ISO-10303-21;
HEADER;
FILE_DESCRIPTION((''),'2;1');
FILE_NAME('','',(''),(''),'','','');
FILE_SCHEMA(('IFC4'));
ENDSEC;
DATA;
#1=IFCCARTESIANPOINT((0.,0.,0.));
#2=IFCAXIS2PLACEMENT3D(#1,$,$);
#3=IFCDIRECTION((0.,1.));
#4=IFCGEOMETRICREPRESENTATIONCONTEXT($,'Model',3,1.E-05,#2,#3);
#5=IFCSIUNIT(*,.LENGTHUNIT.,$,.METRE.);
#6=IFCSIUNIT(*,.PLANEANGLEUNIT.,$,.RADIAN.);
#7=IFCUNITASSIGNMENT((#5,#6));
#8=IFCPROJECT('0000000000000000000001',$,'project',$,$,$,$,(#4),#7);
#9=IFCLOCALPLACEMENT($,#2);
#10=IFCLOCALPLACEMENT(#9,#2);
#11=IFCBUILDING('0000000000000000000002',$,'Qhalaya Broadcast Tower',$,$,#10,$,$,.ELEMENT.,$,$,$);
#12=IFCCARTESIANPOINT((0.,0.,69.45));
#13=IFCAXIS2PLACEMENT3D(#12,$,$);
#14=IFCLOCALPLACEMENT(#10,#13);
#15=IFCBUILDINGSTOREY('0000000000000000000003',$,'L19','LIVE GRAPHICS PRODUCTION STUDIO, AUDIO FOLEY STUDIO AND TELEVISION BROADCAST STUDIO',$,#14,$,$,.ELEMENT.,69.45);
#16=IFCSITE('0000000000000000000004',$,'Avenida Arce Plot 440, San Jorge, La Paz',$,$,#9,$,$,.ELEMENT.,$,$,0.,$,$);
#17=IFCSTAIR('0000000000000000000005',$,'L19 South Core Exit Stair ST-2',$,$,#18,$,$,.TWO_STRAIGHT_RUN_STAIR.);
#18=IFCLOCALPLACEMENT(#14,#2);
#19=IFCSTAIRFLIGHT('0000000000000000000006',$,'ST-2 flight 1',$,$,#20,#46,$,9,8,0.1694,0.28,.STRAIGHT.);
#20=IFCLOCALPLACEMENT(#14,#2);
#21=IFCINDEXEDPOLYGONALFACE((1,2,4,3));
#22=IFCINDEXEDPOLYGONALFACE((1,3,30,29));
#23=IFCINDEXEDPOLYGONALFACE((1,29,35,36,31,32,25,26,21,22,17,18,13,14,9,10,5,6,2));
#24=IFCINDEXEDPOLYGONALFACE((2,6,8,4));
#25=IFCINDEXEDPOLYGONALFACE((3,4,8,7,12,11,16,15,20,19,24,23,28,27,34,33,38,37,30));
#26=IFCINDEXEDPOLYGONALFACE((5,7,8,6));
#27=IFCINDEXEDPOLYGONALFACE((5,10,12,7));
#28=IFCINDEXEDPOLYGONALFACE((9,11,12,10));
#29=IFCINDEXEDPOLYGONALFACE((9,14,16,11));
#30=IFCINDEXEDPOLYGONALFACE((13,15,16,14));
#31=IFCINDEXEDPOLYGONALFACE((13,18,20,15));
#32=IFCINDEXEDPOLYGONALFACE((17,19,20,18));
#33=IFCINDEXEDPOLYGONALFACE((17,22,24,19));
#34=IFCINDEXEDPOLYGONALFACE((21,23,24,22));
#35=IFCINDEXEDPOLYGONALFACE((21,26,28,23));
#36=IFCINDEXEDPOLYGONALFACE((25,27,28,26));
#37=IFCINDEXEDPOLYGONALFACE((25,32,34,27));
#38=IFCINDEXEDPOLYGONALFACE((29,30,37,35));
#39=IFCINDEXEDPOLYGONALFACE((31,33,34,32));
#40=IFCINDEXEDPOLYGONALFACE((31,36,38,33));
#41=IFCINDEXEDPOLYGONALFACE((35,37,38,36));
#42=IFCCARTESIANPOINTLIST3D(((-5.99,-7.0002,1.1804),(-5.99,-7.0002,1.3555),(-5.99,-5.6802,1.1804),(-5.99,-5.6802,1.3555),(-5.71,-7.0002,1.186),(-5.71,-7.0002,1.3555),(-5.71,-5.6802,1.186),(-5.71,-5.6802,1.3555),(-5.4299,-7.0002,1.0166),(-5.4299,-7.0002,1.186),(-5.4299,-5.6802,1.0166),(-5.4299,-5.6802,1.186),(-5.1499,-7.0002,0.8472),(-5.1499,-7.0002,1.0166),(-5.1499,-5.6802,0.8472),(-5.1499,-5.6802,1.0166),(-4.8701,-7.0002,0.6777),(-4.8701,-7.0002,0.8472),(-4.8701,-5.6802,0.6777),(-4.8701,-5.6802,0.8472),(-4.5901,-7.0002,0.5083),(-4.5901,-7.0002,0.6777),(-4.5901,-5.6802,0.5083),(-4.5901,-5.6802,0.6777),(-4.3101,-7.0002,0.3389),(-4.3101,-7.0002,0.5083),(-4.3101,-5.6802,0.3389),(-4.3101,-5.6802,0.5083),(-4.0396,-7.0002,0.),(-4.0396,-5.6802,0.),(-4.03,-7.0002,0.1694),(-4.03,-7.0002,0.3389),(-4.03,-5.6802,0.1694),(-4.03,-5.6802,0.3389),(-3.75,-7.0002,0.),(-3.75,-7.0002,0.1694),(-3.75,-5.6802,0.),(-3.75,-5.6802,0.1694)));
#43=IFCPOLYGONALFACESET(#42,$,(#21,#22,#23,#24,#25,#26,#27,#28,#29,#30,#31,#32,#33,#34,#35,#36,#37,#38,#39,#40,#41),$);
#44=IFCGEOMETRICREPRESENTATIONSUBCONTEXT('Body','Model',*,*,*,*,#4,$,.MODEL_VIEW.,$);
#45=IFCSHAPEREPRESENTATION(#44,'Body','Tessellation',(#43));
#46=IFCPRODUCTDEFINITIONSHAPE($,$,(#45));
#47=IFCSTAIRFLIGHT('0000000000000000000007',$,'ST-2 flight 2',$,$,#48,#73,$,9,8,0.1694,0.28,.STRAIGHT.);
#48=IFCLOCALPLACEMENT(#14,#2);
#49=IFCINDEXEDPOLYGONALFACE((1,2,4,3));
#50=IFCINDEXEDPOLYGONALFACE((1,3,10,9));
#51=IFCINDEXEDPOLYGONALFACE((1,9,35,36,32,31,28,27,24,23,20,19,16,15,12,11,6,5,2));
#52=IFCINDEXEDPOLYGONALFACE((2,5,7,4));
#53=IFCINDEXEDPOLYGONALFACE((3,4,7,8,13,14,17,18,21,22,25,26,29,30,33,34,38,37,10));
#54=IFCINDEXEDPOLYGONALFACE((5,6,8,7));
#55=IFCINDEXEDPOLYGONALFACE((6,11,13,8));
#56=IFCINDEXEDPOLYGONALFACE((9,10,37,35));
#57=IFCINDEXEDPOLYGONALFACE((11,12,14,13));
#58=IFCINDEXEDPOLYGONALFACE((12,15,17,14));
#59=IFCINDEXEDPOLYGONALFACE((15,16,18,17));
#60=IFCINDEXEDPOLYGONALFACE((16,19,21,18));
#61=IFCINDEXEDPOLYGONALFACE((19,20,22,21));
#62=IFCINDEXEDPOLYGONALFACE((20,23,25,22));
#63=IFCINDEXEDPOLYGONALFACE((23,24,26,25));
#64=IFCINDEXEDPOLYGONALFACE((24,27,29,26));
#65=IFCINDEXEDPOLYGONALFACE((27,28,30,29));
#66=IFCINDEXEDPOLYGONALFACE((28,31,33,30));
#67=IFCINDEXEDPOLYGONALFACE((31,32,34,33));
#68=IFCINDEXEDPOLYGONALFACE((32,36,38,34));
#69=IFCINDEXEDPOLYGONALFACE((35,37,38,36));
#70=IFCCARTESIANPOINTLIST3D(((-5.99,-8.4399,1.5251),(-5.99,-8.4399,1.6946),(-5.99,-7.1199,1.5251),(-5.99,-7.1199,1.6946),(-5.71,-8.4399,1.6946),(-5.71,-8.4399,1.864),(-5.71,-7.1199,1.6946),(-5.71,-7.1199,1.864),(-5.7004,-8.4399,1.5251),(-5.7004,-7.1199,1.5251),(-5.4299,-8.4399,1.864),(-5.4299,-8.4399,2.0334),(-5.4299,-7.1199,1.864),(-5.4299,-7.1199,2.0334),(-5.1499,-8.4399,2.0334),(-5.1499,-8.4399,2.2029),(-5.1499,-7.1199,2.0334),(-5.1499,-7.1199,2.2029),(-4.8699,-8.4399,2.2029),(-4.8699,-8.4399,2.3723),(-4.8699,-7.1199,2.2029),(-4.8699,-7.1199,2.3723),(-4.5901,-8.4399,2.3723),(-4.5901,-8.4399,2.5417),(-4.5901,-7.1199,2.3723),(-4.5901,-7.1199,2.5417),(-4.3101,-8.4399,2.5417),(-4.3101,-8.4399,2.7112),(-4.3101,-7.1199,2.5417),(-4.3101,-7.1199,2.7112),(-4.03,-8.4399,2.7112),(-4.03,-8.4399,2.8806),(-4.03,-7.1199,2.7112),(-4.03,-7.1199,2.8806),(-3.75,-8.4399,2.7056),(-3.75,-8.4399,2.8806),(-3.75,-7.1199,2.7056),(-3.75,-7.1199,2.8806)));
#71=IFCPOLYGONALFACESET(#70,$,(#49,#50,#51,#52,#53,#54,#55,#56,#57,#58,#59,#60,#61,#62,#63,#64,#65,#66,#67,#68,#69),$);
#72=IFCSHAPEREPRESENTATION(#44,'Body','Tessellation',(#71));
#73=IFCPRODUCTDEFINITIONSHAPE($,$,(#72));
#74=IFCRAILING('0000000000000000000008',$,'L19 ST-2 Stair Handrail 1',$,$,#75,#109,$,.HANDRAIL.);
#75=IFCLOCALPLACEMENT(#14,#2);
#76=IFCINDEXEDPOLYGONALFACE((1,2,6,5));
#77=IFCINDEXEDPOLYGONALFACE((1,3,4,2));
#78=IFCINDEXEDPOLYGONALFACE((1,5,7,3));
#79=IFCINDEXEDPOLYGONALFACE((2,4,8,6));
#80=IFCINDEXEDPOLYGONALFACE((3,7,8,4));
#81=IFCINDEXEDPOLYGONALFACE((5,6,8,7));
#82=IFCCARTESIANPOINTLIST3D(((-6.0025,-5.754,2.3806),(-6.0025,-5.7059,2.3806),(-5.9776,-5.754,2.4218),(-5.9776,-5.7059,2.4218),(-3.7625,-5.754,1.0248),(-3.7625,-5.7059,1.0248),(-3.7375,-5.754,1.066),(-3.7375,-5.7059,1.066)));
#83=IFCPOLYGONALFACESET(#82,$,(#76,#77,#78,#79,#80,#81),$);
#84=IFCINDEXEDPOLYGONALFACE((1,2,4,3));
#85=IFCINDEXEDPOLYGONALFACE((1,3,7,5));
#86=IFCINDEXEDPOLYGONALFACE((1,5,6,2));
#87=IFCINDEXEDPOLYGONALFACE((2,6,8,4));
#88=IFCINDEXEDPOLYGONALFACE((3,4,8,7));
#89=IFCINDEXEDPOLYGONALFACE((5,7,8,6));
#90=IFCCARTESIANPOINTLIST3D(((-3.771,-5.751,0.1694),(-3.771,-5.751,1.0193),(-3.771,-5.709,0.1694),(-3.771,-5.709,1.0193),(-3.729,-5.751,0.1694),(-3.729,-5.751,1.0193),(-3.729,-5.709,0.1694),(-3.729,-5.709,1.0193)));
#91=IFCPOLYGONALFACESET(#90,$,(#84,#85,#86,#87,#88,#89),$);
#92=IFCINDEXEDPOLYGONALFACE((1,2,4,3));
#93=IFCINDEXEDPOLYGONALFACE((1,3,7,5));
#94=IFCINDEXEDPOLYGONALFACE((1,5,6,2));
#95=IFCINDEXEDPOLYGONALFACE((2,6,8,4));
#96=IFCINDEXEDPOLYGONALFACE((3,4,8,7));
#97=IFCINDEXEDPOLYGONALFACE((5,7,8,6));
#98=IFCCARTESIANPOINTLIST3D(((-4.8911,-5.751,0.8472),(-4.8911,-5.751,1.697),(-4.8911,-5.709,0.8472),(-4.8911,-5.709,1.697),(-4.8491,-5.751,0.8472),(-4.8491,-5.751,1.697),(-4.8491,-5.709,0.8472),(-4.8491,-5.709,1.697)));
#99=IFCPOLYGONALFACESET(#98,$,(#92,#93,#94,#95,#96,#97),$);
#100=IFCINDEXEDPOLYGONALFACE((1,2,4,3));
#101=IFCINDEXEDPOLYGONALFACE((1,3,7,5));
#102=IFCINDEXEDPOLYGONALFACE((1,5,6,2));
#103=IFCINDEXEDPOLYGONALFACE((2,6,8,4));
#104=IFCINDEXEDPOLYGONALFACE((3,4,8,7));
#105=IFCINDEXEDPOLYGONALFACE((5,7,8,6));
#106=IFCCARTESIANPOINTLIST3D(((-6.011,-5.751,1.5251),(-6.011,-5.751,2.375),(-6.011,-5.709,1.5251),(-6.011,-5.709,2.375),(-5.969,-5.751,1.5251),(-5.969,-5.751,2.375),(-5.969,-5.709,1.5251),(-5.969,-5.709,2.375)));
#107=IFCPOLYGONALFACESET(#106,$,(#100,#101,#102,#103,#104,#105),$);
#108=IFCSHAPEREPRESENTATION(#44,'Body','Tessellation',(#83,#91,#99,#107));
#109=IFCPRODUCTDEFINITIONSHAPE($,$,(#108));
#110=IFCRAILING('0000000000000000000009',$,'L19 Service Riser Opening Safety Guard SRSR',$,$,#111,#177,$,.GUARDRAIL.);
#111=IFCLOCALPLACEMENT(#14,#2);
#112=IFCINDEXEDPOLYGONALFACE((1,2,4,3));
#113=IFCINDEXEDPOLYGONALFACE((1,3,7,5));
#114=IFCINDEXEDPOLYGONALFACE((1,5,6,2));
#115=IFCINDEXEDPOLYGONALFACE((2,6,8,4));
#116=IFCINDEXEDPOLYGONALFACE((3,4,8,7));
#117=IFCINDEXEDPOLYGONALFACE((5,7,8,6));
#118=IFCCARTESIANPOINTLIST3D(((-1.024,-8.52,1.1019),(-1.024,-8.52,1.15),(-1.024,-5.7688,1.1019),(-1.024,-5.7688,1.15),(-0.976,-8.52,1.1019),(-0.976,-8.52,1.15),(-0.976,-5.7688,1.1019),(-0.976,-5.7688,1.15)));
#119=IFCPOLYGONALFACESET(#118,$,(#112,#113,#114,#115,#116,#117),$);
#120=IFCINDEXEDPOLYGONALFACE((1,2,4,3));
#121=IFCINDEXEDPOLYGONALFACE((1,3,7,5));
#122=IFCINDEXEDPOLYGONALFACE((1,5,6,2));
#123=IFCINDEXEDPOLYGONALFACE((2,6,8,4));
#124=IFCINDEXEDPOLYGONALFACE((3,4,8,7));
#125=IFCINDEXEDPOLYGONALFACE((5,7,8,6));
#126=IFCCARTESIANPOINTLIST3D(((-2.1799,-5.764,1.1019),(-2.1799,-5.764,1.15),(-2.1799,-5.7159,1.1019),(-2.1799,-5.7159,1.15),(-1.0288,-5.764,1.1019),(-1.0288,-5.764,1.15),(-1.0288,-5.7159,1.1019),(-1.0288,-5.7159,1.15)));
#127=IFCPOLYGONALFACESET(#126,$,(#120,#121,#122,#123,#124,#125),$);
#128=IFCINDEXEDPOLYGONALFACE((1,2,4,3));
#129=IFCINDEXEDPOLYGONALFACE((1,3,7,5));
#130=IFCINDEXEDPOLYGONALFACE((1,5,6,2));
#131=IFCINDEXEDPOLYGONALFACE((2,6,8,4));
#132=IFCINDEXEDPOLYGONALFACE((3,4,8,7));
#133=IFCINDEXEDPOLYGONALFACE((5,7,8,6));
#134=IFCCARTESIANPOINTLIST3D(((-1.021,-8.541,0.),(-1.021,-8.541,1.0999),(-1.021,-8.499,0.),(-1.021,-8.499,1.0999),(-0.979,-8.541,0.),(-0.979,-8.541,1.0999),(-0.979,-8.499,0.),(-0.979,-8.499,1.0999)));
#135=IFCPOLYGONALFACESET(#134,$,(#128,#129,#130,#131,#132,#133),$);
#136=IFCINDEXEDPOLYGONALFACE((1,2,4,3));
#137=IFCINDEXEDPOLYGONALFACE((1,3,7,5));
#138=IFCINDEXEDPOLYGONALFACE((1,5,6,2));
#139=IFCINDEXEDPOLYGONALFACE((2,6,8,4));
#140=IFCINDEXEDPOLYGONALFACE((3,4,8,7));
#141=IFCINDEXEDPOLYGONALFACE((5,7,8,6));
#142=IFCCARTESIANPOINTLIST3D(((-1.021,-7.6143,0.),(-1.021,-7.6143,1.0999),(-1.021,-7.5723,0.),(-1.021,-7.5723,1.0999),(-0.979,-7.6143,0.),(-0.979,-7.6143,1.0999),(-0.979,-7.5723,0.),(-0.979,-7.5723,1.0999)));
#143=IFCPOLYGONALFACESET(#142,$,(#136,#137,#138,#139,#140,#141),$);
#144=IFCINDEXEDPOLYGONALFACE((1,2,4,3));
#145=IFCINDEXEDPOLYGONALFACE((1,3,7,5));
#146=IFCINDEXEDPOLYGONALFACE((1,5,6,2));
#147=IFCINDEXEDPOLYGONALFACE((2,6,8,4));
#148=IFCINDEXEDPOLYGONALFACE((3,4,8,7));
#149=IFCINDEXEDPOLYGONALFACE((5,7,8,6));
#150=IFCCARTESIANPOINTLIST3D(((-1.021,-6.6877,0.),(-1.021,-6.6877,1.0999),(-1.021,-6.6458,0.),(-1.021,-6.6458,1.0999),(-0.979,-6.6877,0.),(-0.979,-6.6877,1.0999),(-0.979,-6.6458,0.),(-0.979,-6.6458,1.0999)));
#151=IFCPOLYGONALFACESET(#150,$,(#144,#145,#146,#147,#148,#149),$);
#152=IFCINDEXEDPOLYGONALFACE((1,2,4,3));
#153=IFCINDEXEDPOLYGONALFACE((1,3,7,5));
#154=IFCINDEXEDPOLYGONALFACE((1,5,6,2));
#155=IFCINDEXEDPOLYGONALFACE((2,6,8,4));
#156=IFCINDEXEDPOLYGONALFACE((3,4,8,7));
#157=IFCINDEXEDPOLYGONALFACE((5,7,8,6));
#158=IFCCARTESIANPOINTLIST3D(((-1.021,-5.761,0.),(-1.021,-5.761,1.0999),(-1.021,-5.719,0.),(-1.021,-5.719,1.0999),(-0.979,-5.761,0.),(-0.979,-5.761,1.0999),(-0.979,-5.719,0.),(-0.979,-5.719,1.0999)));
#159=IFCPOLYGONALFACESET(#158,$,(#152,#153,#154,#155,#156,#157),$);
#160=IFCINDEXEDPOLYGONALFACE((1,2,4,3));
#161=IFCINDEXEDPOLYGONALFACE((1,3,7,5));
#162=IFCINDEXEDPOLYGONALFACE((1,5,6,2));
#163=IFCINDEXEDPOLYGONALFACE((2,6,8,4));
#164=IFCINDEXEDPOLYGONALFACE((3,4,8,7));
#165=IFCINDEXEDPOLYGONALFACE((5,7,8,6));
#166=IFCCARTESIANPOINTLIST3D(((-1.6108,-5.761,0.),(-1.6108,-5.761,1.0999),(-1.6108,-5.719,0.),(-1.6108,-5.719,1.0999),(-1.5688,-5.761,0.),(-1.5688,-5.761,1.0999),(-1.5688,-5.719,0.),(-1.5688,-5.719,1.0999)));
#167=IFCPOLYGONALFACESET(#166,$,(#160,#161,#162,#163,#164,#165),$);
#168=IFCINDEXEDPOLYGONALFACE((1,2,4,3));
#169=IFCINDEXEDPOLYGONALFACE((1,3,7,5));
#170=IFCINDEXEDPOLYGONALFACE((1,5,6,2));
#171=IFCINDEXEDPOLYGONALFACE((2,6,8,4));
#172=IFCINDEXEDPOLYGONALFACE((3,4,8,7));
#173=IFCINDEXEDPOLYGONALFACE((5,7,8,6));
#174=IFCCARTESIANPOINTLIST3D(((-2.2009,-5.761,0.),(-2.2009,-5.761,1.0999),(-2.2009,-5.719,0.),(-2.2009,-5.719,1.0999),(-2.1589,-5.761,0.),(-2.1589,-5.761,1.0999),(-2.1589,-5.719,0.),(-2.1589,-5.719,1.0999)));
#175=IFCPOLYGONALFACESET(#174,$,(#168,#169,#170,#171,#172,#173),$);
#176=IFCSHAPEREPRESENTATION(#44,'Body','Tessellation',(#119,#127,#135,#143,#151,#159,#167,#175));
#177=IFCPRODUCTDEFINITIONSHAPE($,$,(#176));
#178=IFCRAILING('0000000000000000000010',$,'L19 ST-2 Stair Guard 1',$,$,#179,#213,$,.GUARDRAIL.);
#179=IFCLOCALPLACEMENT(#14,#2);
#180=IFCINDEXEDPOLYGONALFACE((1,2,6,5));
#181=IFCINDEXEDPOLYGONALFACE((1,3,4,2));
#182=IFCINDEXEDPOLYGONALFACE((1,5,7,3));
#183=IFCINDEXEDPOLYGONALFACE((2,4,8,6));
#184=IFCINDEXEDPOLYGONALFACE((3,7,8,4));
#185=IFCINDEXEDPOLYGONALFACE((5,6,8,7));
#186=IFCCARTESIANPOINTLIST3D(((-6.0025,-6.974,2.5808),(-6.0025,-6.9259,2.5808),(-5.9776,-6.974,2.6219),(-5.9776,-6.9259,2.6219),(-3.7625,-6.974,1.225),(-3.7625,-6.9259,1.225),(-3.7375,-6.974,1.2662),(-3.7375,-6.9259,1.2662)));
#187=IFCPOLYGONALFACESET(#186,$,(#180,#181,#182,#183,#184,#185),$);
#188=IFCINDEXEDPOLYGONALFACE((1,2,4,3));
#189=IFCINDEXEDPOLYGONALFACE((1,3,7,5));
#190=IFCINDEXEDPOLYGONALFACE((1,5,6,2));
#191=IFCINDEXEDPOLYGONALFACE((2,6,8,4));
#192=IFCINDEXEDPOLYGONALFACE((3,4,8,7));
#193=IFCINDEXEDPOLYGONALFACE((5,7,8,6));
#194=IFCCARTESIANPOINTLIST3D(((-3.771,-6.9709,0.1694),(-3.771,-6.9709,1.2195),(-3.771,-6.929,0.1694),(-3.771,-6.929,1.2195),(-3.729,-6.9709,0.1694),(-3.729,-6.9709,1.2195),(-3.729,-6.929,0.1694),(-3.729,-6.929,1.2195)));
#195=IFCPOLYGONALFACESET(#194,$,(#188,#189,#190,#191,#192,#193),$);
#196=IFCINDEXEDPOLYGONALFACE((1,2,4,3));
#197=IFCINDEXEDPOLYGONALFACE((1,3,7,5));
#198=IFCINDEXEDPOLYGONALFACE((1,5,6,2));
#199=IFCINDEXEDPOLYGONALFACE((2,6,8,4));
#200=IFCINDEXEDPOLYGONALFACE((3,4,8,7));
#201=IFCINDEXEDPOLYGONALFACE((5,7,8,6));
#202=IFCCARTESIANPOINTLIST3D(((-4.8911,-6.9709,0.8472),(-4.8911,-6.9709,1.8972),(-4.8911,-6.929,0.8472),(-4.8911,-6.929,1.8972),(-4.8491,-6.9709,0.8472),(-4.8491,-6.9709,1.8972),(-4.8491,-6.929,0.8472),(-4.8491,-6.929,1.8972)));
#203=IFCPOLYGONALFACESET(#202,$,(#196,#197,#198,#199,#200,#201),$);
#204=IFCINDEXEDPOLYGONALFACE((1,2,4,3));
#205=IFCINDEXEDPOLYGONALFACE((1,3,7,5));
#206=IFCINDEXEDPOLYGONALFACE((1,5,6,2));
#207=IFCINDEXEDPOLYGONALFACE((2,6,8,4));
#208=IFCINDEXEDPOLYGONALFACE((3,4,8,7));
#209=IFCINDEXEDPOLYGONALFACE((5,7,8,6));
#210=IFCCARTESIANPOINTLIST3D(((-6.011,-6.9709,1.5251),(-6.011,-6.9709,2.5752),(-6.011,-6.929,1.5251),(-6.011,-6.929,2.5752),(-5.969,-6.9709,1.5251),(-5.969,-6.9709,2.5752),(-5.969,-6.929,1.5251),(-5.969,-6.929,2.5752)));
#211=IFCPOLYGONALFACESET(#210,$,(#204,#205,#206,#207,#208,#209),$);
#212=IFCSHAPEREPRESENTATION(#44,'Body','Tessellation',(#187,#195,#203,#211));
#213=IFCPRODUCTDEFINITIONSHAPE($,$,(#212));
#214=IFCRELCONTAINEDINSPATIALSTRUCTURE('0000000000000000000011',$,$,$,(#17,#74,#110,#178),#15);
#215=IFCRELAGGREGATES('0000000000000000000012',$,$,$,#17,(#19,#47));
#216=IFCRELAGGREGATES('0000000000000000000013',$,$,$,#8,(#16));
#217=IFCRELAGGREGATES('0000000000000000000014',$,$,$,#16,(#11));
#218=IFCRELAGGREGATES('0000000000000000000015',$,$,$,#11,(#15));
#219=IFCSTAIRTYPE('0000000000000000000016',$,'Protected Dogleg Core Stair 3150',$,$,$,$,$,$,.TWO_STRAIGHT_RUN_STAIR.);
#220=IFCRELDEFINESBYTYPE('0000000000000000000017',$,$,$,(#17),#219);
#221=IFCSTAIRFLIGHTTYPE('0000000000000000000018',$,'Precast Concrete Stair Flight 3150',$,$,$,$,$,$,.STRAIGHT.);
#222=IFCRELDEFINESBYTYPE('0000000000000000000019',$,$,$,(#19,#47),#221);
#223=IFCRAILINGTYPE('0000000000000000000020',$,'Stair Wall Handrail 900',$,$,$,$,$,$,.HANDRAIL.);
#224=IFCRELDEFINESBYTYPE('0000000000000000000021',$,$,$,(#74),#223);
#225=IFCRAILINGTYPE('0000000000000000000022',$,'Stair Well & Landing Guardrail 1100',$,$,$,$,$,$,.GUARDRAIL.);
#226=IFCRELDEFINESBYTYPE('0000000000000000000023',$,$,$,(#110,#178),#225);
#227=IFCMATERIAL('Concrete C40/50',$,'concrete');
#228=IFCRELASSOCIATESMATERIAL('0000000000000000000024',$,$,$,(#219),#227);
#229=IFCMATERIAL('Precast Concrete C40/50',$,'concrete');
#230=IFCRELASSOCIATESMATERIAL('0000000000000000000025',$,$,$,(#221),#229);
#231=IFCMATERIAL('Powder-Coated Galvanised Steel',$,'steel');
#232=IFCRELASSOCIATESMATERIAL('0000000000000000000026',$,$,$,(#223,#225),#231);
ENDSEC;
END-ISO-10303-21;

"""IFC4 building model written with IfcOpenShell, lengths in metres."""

from ifc_helpers import new_model, si_unit, direction, frame, origin, origin_2d, place, context, subcontext, project, spatial, polyline, rectangle, outline, extrude, material, type_object, element, aggregate, save


model = new_model("IFC4")

# Units and contexts
model_context = context("Model", 3, precision=1e-05, world=origin(), true_north=direction((0.0, 1.0)))
body_context = subcontext(model_context, "Body", "Model", "MODEL_VIEW")
ifc_project = project(units=[si_unit("LENGTHUNIT", "METRE"), si_unit("PLANEANGLEUNIT", "RADIAN")], contexts=[model_context])

# Site, building, storey
site_placement = place(None, origin())
site = spatial("IfcSite", under=ifc_project, at=site_placement, Name="Avenida Arce Plot 440, San Jorge, La Paz", CompositionType="ELEMENT", RefElevation=0.0)
building_placement = place(site_placement, origin())
building = spatial("IfcBuilding", under=site, at=building_placement, Name="Qhalaya Broadcast Tower", CompositionType="ELEMENT")
storey_placement = place(building_placement, frame((0.0, 0.0, 69.45)))
storey = spatial("IfcBuildingStorey", under=building, at=storey_placement, Name="L19", Description="LIVE GRAPHICS PRODUCTION STUDIO, AUDIO FOLEY STUDIO AND TELEVISION BROADCAST STUDIO", CompositionType="ELEMENT", Elevation=69.45)

# Stair
ifc_material_1 = material(Name="Concrete C40/50", Category="concrete")
stair_type = type_object("IfcStairType", Name="Protected Dogleg Core Stair 3150", PredefinedType="TWO_STRAIGHT_RUN_STAIR", material=ifc_material_1)
stair_1_placement = place(storey_placement, origin())
stair_1 = element("IfcStair", 1, at=stair_1_placement, inside=storey, type_object=stair_type, Name="L19 South Core Exit Stair ST-2", PredefinedType="TWO_STRAIGHT_RUN_STAIR")

# Stair flights
ifc_material_2 = material(Name="Precast Concrete C40/50", Category="concrete")
stair_flight_type = type_object("IfcStairFlightType", Name="Precast Concrete Stair Flight 3150", PredefinedType="STRAIGHT", material=ifc_material_2)
stair_flight_1_placement = place(storey_placement, frame((-3.75, -6.3401, 0.0), z_axis=(0.0, 0.0, 1.0), x_axis=(-1.0, 0.0, 0.0)))
stair_flight_1 = element("IfcStairFlight", 2, at=stair_flight_1_placement, type_object=stair_flight_type, Name="ST-2 flight 1", NumberOfRisers=9, NumberOfTreads=8, PredefinedType="STRAIGHT", RiserHeight=0.1694, TreadLength=0.28, context=body_context, shape_type="SweptSolid", body=[
    extrude(outline(polyline([(0.0, 0.0), (0.0, 0.1694), (0.28, 0.1694), (0.28, 0.3389), (0.5601, 0.3389), (0.5601, 0.5083), (0.8401, 0.5083), (0.8401, 0.6777), (1.1201, 0.6777), (1.1201, 0.8472), (1.3999, 0.8472), (1.3999, 1.0166), (1.6799, 1.0166), (1.6799, 1.186), (1.96, 1.186), (1.96, 1.3555), (2.24, 1.3555), (2.24, 1.5249), (2.24, 1.1804), (0.2896, 0.0), (0.0, 0.0)])), frame((0.0, 0.6602, 0.0), z_axis=(0.0, -1.0, 0.0), x_axis=(1.0, 0.0, 0.0)), (0.0, 0.0, 1.0), 1.3201),
])
stair_flight_2_placement = place(storey_placement, frame((-5.99, -7.78, 1.5251), z_axis=(0.0, 0.0, 1.0), x_axis=(1.0, 0.0, 0.0)))
stair_flight_2 = element("IfcStairFlight", 3, at=stair_flight_2_placement, type_object=stair_flight_type, Name="ST-2 flight 2", NumberOfRisers=9, NumberOfTreads=8, PredefinedType="STRAIGHT", RiserHeight=0.1694, TreadLength=0.28, context=body_context, shape_type="SweptSolid", body=[
    extrude(outline(polyline([(0.0, 0.0), (0.0, 0.1694), (0.28, 0.1694), (0.28, 0.3389), (0.5601, 0.3389), (0.5601, 0.5083), (0.8401, 0.5083), (0.8401, 0.6777), (1.1201, 0.6777), (1.1201, 0.8472), (1.3999, 0.8472), (1.3999, 1.0166), (1.6799, 1.0166), (1.6799, 1.186), (1.96, 1.186), (1.96, 1.3555), (2.24, 1.3555), (2.24, 1.5249), (2.24, 1.1804), (0.2896, 0.0), (0.0, 0.0)])), frame((0.0, 0.6602, 0.0), z_axis=(0.0, -1.0, 0.0), x_axis=(1.0, 0.0, 0.0)), (0.0, 0.0, 1.0), 1.3201),
])
aggregate(stair_1, [stair_flight_1, stair_flight_2])

# Railings
ifc_material_3 = material(Name="Powder-Coated Galvanised Steel", Category="steel")
railing_type_1 = type_object("IfcRailingType", Name="Stair Wall Handrail 900", PredefinedType="HANDRAIL", material=ifc_material_3)
railing_1_placement = place(storey_placement, frame((-3.75, -5.73, 0.1694)))
element("IfcRailing", 4, at=railing_1_placement, inside=storey, type_object=railing_type_1, Name="L19 ST-2 Stair Handrail 1", PredefinedType="HANDRAIL", context=body_context, shape_type="SweptSolid", body=[
    extrude(rectangle(XDim=0.0481, YDim=0.0481, at=origin_2d()), frame((0.0, 0.0, 0.876), z_axis=(-0.855512, 0.0, 0.517783), x_axis=(0.0, -1.0, 0.0)), (0.0, 0.0, 1.0), 2.6184),
    extrude(rectangle(XDim=0.042, YDim=0.042, at=origin_2d()), origin(), (0.0, 0.0, 1.0), 0.8499),
    extrude(rectangle(XDim=0.042, YDim=0.042, at=origin_2d()), frame((-1.1201, 0.0, 0.6777)), (0.0, 0.0, 1.0), 0.8499),
    extrude(rectangle(XDim=0.042, YDim=0.042, at=origin_2d()), frame((-2.24, 0.0, 1.3557)), (0.0, 0.0, 1.0), 0.8499),
])
railing_type_2 = type_object("IfcRailingType", Name="Stair Well & Landing Guardrail 1100", PredefinedType="GUARDRAIL", material=ifc_material_3)
railing_2_placement = place(storey_placement, frame((-1.0, -8.52, 0.0)))
element("IfcRailing", 5, at=railing_2_placement, inside=storey, type_object=railing_type_2, Name="L19 Service Riser Opening Safety Guard SRSR", PredefinedType="GUARDRAIL", context=body_context, shape_type="SweptSolid", body=[
    extrude(rectangle(XDim=0.0481, YDim=0.0481, at=origin_2d()), frame((0.0, 0.0, 1.126), z_axis=(0.0, 1.0, 0.0), x_axis=(-1.0, 0.0, 0.0)), (0.0, 0.0, 1.0), 2.7512),
    extrude(rectangle(XDim=0.0481, YDim=0.0481, at=origin_2d()), frame((-0.0288, 2.78, 1.126), z_axis=(-1.0, 0.0, 0.0), x_axis=(0.0, -1.0, 0.0)), (0.0, 0.0, 1.0), 1.1511),
    extrude(rectangle(XDim=0.042, YDim=0.042, at=origin_2d()), origin(), (0.0, 0.0, 1.0), 1.0999),
    extrude(rectangle(XDim=0.042, YDim=0.042, at=origin_2d()), frame((0.0, 0.9268, 0.0)), (0.0, 0.0, 1.0), 1.0999),
    extrude(rectangle(XDim=0.042, YDim=0.042, at=origin_2d()), frame((0.0, 1.8533, 0.0)), (0.0, 0.0, 1.0), 1.0999),
    extrude(rectangle(XDim=0.042, YDim=0.042, at=origin_2d()), frame((0.0, 2.78, 0.0)), (0.0, 0.0, 1.0), 1.0999),
    extrude(rectangle(XDim=0.042, YDim=0.042, at=origin_2d()), frame((-0.5898, 2.78, 0.0)), (0.0, 0.0, 1.0), 1.0999),
    extrude(rectangle(XDim=0.042, YDim=0.042, at=origin_2d()), frame((-1.1799, 2.78, 0.0)), (0.0, 0.0, 1.0), 1.0999),
])
railing_3_placement = place(storey_placement, frame((-3.75, -6.95, 0.1694)))
element("IfcRailing", 6, at=railing_3_placement, inside=storey, type_object=railing_type_2, Name="L19 ST-2 Stair Guard 1", PredefinedType="GUARDRAIL", context=body_context, shape_type="SweptSolid", body=[
    extrude(rectangle(XDim=0.0481, YDim=0.0481, at=origin_2d()), frame((0.0, 0.0, 1.0762), z_axis=(-0.855512, 0.0, 0.517783), x_axis=(0.0, -1.0, 0.0)), (0.0, 0.0, 1.0), 2.6184),
    extrude(rectangle(XDim=0.042, YDim=0.042, at=origin_2d()), origin(), (0.0, 0.0, 1.0), 1.05),
    extrude(rectangle(XDim=0.042, YDim=0.042, at=origin_2d()), frame((-1.1201, 0.0, 0.6777)), (0.0, 0.0, 1.0), 1.05),
    extrude(rectangle(XDim=0.042, YDim=0.042, at=origin_2d()), frame((-2.24, 0.0, 1.3557)), (0.0, 0.0, 1.0), 1.05),
])

save(model, "model.ifc")
